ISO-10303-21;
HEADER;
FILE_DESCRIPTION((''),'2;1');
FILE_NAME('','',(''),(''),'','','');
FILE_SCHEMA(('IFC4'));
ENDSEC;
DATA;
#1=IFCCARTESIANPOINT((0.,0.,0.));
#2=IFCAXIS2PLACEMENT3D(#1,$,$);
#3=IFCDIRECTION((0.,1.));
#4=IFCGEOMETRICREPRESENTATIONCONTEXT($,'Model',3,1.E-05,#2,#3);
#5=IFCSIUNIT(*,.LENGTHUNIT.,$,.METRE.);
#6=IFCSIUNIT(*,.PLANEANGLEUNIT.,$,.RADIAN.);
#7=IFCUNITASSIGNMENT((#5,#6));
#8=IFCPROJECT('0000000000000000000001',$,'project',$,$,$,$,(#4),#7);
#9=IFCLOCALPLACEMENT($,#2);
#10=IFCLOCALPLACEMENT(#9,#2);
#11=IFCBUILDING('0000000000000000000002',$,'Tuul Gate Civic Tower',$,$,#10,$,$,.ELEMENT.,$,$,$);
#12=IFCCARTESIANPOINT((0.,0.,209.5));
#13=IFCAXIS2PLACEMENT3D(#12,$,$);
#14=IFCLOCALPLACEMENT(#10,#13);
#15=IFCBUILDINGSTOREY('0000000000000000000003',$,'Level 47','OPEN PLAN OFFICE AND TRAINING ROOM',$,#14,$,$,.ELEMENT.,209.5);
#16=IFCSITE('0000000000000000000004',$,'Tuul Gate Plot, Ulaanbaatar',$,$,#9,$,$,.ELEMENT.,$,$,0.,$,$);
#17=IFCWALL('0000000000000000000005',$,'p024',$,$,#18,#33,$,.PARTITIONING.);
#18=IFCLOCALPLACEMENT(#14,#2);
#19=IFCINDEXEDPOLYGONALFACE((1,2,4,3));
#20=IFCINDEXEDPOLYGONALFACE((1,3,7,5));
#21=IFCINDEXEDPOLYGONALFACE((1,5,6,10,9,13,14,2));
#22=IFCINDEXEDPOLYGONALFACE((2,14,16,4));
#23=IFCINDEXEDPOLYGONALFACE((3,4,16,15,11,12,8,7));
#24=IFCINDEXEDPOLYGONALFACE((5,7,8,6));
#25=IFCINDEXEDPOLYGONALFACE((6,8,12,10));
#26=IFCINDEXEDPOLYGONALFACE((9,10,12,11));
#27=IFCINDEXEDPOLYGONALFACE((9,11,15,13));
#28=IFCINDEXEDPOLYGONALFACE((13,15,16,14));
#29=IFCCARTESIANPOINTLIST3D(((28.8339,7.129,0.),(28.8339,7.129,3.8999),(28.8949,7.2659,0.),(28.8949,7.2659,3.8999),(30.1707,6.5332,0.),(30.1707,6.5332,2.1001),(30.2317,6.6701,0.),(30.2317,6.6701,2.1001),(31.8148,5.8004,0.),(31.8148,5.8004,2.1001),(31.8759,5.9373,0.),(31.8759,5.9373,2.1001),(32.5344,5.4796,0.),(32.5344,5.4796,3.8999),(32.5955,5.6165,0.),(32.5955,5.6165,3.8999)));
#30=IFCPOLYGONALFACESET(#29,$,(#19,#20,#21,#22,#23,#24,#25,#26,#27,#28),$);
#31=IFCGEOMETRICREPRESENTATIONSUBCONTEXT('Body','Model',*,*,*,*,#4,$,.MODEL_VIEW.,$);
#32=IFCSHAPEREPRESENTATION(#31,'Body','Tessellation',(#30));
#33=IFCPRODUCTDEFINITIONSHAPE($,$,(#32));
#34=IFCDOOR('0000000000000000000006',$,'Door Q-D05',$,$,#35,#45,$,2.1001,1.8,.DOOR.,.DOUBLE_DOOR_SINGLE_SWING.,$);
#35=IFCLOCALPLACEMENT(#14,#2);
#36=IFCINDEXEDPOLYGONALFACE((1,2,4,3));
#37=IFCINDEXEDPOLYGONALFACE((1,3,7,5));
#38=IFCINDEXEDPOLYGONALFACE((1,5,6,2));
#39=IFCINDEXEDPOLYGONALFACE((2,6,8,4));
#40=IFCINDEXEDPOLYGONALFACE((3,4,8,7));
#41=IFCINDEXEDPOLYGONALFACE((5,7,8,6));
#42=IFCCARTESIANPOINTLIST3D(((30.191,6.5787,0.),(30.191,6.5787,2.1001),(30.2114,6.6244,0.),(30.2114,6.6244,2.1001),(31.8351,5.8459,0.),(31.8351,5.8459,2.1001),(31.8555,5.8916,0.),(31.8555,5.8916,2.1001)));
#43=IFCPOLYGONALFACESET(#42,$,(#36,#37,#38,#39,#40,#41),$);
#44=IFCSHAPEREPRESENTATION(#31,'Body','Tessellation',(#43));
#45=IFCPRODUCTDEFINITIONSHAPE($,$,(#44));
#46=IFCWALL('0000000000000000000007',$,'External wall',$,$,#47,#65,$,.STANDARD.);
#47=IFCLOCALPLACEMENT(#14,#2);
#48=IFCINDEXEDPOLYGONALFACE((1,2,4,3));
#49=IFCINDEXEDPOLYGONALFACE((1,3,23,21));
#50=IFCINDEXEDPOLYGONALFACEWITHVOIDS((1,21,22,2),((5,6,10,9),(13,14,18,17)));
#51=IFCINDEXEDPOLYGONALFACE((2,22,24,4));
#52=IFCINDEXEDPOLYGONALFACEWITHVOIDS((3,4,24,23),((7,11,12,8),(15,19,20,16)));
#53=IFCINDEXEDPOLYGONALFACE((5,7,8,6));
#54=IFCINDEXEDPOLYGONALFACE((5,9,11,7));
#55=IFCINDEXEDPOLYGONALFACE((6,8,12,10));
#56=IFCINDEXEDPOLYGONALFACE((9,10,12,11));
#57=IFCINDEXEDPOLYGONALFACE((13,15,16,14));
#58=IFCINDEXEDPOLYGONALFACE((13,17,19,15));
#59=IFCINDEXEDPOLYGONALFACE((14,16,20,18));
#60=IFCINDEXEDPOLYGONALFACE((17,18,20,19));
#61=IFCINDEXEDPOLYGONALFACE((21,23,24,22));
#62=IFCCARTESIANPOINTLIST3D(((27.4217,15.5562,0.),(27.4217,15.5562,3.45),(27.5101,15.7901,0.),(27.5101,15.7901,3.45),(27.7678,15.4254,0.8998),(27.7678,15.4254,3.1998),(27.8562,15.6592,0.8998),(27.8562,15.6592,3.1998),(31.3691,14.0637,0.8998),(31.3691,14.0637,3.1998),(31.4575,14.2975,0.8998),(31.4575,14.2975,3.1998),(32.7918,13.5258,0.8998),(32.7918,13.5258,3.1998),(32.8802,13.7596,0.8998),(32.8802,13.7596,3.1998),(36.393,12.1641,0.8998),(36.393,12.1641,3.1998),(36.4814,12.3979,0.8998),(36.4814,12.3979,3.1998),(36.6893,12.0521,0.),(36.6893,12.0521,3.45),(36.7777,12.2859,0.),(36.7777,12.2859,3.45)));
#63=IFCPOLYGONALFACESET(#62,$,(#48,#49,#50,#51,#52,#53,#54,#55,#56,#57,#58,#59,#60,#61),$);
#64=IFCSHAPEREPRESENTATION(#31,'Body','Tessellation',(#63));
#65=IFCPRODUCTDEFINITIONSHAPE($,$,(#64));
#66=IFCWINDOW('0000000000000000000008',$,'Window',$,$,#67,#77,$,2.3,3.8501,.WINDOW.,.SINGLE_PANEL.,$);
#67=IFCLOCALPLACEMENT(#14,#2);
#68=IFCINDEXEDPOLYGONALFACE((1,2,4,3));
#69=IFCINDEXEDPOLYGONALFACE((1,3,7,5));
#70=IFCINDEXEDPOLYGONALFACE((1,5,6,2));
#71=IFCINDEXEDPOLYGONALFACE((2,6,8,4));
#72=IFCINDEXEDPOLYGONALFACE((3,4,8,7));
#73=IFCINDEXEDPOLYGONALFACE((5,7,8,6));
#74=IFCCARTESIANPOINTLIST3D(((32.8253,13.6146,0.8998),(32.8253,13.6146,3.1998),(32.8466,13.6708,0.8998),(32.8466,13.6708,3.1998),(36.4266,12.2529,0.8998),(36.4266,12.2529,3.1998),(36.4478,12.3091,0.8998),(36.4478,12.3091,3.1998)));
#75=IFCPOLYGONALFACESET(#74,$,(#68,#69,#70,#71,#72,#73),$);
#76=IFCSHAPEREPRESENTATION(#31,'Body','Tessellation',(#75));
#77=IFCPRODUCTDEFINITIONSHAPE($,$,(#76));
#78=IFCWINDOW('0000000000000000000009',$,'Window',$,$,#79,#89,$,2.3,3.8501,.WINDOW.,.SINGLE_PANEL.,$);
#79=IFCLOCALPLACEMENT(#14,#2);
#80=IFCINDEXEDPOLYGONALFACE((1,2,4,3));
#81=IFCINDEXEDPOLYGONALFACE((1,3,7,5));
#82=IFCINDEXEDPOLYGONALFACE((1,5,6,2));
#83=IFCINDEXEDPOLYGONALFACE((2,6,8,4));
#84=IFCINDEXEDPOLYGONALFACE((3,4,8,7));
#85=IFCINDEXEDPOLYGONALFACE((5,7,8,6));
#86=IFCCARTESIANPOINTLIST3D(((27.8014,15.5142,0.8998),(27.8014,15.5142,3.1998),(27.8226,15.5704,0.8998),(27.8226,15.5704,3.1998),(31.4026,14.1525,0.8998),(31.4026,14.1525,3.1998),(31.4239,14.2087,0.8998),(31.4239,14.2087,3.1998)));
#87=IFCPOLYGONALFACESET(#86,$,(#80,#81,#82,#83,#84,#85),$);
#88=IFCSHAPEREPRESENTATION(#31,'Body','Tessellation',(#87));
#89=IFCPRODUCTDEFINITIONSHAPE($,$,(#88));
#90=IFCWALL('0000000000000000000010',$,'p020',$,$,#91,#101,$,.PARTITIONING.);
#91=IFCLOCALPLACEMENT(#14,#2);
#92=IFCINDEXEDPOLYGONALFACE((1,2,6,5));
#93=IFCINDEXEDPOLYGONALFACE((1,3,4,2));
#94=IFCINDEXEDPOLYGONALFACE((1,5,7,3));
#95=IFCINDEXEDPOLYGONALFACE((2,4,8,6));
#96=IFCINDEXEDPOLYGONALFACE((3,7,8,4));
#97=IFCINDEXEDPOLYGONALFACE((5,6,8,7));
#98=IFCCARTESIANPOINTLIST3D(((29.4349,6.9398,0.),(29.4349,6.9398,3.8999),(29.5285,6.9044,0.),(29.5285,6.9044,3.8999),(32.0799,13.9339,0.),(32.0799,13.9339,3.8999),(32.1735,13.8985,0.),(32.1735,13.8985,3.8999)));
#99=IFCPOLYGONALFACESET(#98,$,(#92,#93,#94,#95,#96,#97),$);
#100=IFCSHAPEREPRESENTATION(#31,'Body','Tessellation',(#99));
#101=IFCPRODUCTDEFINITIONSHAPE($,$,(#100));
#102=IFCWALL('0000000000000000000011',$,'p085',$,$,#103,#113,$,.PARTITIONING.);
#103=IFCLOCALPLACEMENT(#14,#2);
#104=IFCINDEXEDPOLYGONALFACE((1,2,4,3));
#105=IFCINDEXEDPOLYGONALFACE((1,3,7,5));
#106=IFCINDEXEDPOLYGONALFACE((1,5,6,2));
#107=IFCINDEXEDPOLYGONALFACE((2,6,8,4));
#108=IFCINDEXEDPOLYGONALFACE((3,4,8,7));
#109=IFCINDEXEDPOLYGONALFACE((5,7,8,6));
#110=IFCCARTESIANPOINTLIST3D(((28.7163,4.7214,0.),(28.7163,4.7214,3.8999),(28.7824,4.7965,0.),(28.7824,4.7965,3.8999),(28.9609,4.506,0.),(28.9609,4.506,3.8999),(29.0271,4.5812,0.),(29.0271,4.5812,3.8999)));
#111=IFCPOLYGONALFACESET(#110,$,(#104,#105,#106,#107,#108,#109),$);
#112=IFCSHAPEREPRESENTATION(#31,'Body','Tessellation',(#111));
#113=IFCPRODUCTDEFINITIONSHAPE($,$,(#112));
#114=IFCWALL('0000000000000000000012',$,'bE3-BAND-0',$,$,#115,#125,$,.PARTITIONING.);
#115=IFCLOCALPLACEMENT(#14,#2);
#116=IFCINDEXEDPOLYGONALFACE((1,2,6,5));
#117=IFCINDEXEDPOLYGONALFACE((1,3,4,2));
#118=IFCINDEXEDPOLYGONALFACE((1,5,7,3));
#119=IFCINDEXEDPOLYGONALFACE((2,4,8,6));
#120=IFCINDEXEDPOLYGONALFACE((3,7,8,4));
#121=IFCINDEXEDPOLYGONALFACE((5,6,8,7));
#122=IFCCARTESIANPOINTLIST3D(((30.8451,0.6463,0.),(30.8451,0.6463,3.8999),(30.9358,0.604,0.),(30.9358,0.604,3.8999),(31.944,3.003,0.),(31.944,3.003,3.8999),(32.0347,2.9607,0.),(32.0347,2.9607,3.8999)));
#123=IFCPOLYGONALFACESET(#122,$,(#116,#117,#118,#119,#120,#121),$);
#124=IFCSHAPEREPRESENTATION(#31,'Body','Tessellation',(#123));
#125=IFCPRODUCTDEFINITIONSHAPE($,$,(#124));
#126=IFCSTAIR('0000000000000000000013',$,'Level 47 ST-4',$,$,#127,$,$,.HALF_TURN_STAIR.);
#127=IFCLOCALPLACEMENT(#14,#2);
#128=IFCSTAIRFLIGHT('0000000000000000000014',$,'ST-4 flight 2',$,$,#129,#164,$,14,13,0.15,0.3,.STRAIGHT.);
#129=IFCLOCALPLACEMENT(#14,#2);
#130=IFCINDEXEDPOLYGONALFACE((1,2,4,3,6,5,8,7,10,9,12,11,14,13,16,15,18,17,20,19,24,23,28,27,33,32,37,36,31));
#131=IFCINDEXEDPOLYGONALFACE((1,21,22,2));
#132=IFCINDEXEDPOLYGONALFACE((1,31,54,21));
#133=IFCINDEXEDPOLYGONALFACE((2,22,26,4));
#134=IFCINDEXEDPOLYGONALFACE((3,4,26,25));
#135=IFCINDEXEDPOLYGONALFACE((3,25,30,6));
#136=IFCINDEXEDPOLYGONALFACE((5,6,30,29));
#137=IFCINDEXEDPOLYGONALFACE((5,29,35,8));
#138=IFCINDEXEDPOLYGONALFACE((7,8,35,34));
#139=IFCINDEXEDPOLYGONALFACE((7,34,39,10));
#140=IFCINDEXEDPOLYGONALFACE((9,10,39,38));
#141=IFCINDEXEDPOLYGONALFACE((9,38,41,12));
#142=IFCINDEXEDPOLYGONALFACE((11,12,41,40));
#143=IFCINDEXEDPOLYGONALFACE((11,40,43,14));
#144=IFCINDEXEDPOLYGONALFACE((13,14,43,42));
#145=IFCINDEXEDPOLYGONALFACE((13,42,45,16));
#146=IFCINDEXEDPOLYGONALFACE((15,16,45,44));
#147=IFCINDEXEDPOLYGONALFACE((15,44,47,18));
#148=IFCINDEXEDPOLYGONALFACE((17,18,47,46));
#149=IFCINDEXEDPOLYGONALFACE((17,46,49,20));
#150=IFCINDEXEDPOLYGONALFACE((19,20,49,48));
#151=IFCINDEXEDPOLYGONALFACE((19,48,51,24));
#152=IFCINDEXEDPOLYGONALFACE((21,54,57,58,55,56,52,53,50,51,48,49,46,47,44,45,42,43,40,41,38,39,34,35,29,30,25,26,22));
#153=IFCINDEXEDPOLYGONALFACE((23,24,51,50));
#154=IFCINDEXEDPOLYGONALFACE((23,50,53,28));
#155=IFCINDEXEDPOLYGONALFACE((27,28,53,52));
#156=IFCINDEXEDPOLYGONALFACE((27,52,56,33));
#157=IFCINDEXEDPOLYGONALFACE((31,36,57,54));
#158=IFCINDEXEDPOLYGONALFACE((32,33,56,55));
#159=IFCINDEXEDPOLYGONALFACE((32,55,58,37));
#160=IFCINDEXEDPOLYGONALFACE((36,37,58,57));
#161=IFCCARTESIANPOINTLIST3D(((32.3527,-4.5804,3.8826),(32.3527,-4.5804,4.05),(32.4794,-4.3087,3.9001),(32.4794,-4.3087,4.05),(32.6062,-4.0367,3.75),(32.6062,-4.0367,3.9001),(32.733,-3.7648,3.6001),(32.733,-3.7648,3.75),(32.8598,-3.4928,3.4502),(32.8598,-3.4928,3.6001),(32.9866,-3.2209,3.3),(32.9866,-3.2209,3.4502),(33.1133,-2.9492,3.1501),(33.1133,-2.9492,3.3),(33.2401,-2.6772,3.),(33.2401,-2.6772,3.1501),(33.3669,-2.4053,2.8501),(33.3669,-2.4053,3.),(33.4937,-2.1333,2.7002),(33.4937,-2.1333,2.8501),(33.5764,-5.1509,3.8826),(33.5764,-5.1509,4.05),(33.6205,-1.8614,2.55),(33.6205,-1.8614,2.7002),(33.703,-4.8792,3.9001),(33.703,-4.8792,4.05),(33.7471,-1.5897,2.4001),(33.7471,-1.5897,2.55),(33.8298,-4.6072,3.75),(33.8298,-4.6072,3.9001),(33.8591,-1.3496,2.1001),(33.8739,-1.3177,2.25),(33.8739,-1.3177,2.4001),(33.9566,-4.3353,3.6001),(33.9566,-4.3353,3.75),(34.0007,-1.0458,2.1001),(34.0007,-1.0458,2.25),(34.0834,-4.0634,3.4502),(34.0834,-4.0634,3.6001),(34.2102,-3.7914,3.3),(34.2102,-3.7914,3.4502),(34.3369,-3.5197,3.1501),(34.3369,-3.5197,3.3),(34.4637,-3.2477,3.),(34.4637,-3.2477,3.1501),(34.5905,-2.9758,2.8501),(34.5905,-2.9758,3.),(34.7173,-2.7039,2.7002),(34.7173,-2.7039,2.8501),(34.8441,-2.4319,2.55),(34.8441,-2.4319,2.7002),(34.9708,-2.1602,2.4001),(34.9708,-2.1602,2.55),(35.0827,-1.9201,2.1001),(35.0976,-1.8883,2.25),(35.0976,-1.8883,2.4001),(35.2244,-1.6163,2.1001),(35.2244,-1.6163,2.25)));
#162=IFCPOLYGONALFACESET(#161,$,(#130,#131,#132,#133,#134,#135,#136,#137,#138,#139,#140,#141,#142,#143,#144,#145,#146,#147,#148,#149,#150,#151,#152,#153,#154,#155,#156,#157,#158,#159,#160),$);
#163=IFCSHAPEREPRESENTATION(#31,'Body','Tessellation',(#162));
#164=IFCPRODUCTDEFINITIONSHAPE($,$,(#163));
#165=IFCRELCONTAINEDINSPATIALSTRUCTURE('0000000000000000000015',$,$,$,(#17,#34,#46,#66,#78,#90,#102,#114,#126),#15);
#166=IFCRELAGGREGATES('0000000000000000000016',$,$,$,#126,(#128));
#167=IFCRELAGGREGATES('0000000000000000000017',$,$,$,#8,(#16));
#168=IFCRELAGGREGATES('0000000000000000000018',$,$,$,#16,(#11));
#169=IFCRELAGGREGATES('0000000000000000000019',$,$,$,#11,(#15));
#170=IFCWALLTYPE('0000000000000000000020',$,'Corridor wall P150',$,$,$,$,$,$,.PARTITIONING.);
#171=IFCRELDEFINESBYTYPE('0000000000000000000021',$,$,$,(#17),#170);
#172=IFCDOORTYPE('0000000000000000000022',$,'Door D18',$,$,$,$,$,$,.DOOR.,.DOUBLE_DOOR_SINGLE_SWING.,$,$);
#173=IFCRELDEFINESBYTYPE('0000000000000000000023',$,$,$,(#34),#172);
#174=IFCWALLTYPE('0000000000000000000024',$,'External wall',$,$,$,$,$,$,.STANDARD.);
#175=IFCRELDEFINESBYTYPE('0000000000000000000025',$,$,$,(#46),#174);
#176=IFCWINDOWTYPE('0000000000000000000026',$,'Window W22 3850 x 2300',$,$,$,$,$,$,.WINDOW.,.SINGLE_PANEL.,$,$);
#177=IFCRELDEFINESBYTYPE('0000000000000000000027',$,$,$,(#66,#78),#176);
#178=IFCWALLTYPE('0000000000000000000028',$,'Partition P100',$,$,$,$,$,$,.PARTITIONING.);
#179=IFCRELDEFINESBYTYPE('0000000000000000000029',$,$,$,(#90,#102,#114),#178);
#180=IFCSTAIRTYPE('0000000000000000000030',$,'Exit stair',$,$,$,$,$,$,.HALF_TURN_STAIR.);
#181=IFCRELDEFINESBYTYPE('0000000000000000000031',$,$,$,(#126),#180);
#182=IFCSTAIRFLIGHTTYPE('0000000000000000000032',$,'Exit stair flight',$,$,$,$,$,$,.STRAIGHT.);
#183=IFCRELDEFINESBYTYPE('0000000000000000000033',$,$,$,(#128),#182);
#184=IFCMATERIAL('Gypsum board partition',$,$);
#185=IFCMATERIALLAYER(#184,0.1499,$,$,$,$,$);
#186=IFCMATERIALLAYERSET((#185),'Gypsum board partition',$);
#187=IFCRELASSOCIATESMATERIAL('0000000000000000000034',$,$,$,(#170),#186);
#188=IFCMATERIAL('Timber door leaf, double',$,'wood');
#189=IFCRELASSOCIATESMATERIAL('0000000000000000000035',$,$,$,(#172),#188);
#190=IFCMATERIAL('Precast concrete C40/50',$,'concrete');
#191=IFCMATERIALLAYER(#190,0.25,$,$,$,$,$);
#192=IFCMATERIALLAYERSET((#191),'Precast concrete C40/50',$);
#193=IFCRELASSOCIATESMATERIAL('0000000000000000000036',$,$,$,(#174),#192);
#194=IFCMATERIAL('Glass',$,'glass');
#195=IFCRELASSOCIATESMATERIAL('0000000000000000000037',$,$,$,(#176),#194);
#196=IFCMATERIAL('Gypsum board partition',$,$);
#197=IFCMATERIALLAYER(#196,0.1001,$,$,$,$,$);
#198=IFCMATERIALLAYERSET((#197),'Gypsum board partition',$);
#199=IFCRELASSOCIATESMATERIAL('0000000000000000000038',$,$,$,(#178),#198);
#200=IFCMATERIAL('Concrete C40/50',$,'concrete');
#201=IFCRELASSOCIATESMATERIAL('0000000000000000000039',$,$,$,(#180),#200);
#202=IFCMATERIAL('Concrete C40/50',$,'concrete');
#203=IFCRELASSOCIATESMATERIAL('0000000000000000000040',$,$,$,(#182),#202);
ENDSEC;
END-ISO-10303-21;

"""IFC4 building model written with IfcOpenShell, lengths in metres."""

from ifc_helpers import new_model, si_unit, direction, frame, frame_2d, origin, place, context, subcontext, project, spatial, polyline, rectangle, outline, extrude, material, layer, layer_set, type_object, element, fill, aggregate, save


model = new_model("IFC4")

# Units and contexts
model_context = context("Model", 3, precision=1e-05, world=origin(), true_north=direction((0.0, 1.0)))
body_context = subcontext(model_context, "Body", "Model", "MODEL_VIEW")
ifc_project = project(units=[si_unit("LENGTHUNIT", "METRE"), si_unit("PLANEANGLEUNIT", "RADIAN")], contexts=[model_context])

# Site, building, storey
site_placement = place(None, origin())
site = spatial("IfcSite", under=ifc_project, at=site_placement, Name="Tuul Gate Plot, Ulaanbaatar", CompositionType="ELEMENT", RefElevation=0.0)
building_placement = place(site_placement, origin())
building = spatial("IfcBuilding", under=site, at=building_placement, Name="Tuul Gate Civic Tower", CompositionType="ELEMENT")
storey_placement = place(building_placement, frame((0.0, 0.0, 209.5)))
storey = spatial("IfcBuildingStorey", under=building, at=storey_placement, Name="Level 47", Description="OPEN PLAN OFFICE AND TRAINING ROOM", CompositionType="ELEMENT", Elevation=209.5)

# Shared definitions
ifc_material_1 = material(Name="Gypsum board partition")
ifc_layer_1 = layer(ifc_material_1, 0.1499)
ifc_layer_set_1 = layer_set([ifc_layer_1], Name="Gypsum board partition")
wall_type_1 = type_object("IfcWallType", Name="Corridor wall P150", PredefinedType="PARTITIONING", material=ifc_layer_set_1)

# Wall, opening, door
wall_1_placement = place(storey_placement, frame((28.8643, 7.1975, 0.0), z_axis=(0.0, 0.0, 1.0), x_axis=(0.913384, -0.4071, 0.0)))
wall_1 = element("IfcWall", 1, at=wall_1_placement, inside=storey, type_object=wall_type_1, Name="p024", PredefinedType="PARTITIONING", context=body_context, shape_type="SweptSolid", body=[
    extrude(rectangle(XDim=4.0515, YDim=0.1499, at=frame_2d((2.0259, 0.0))), origin(), (0.0, 0.0, 1.0), 3.8999),
])
opening_1_placement = place(wall_1_placement, frame((1.4639, 0.0, 0.0)))
opening_1 = element("IfcOpeningElement", 2, at=opening_1_placement, cuts=wall_1, PredefinedType="OPENING", context=body_context, shape_type="SweptSolid", body=[
    extrude(rectangle(XDim=1.8, YDim=2.1001, at=frame_2d((0.8999, 1.05))), frame((0.0, 0.085, 0.0), z_axis=(0.0, -1.0, 0.0), x_axis=(1.0, 0.0, 0.0)), (0.0, 0.0, 1.0), 0.1699),
])
ifc_material_2 = material(Name="Timber door leaf, double", Category="wood")
door_type = type_object("IfcDoorType", Name="Door D18", OperationType="DOUBLE_DOOR_SINGLE_SWING", PredefinedType="DOOR", material=ifc_material_2)
door_placement = place(opening_1_placement, origin())
door = element("IfcDoor", 3, at=door_placement, inside=storey, type_object=door_type, Name="Door Q-D05", OperationType="DOUBLE_DOOR_SINGLE_SWING", OverallHeight=2.1001, OverallWidth=1.8, PredefinedType="DOOR", context=body_context, shape_type="SweptSolid", body=[
    extrude(rectangle(XDim=1.8, YDim=2.1001, at=frame_2d((0.8999, 1.05))), frame((0.0, 0.0249, 0.0), z_axis=(0.0, -1.0, 0.0), x_axis=(1.0, 0.0, 0.0)), (0.0, 0.0, 1.0), 0.05),
])
fill(opening_1, door)

# Wall, openings, windows
ifc_material_3 = material(Name="Precast concrete C40/50", Category="concrete")
ifc_layer_2 = layer(ifc_material_3, 0.25)
ifc_layer_set_2 = layer_set([ifc_layer_2], Name="Precast concrete C40/50")
wall_type_2 = type_object("IfcWallType", Name="External wall", PredefinedType="STANDARD", material=ifc_layer_set_2)
wall_2_placement = place(storey_placement, frame((36.7336, 12.1689, 0.0), z_axis=(0.0, 0.0, 1.0), x_axis=(-0.93537, 0.353671, 0.0)))
wall_2 = element("IfcWall", 4, at=wall_2_placement, inside=storey, type_object=wall_type_2, Name="External wall", PredefinedType="STANDARD", context=body_context, shape_type="SweptSolid", body=[
    extrude(rectangle(XDim=9.908, YDim=0.25, at=frame_2d((4.9541, 0.0))), origin(), (0.0, 0.0, 1.0), 3.45),
])
opening_2_placement = place(wall_2_placement, frame((0.3169, 0.0, 0.8999)))
opening_2 = element("IfcOpeningElement", 5, at=opening_2_placement, cuts=wall_2, PredefinedType="OPENING", context=body_context, shape_type="SweptSolid", body=[
    extrude(rectangle(XDim=3.8501, YDim=2.3, at=frame_2d((1.925, 1.1499))), frame((0.0, 0.135, 0.0), z_axis=(0.0, -1.0, 0.0), x_axis=(1.0, 0.0, 0.0)), (0.0, 0.0, 1.0), 0.27),
])
opening_3_placement = place(wall_2_placement, frame((5.688, 0.0, 0.8999)))
opening_3 = element("IfcOpeningElement", 6, at=opening_3_placement, cuts=wall_2, PredefinedType="OPENING", context=body_context, shape_type="SweptSolid", body=[
    extrude(rectangle(XDim=3.8501, YDim=2.3, at=frame_2d((1.925, 1.1499))), frame((0.0, 0.135, 0.0), z_axis=(0.0, -1.0, 0.0), x_axis=(1.0, 0.0, 0.0)), (0.0, 0.0, 1.0), 0.27),
])
ifc_material_4 = material(Name="Glass", Category="glass")
window_type = type_object("IfcWindowType", Name="Window W22 3850 x 2300", PartitioningType="SINGLE_PANEL", PredefinedType="WINDOW", material=ifc_material_4)
window_1_placement = place(opening_2_placement, origin())
window_1 = element("IfcWindow", 7, at=window_1_placement, inside=storey, type_object=window_type, Name="Window", OverallHeight=2.3, OverallWidth=3.8501, PartitioningType="SINGLE_PANEL", PredefinedType="WINDOW", context=body_context, shape_type="SweptSolid", body=[
    extrude(rectangle(XDim=3.8501, YDim=2.3, at=frame_2d((1.925, 1.1499))), frame((0.0, 0.03, 0.0), z_axis=(0.0, -1.0, 0.0), x_axis=(1.0, 0.0, 0.0)), (0.0, 0.0, 1.0), 0.0601),
])
fill(opening_2, window_1)
window_2_placement = place(opening_3_placement, origin())
window_2 = element("IfcWindow", 8, at=window_2_placement, inside=storey, type_object=window_type, Name="Window", OverallHeight=2.3, OverallWidth=3.8501, PartitioningType="SINGLE_PANEL", PredefinedType="WINDOW", context=body_context, shape_type="SweptSolid", body=[
    extrude(rectangle(XDim=3.8501, YDim=2.3, at=frame_2d((1.925, 1.1499))), frame((0.0, 0.03, 0.0), z_axis=(0.0, -1.0, 0.0), x_axis=(1.0, 0.0, 0.0)), (0.0, 0.0, 1.0), 0.0601),
])
fill(opening_3, window_2)

# Walls
ifc_material_5 = material(Name="Gypsum board partition")
ifc_layer_3 = layer(ifc_material_5, 0.1001)
ifc_layer_set_3 = layer_set([ifc_layer_3], Name="Gypsum board partition")
wall_type_3 = type_object("IfcWallType", Name="Partition P100", PredefinedType="PARTITIONING", material=ifc_layer_set_3)
wall_3_placement = place(storey_placement, frame((29.4817, 6.9221, 0.0), z_axis=(0.0, 0.0, 1.0), x_axis=(0.353727, 0.935349, 0.0)))
element("IfcWall", 9, at=wall_3_placement, inside=storey, type_object=wall_type_3, Name="p020", PredefinedType="PARTITIONING", context=body_context, shape_type="SweptSolid", body=[
    extrude(rectangle(XDim=7.4775, YDim=0.1001, at=frame_2d((3.7388, 0.0))), origin(), (0.0, 0.0, 1.0), 3.8999),
])
wall_4_placement = place(storey_placement, frame((28.7493, 4.759, 0.0), z_axis=(0.0, 0.0, 1.0), x_axis=(0.750624, -0.660729, 0.0)))
element("IfcWall", 10, at=wall_4_placement, inside=storey, type_object=wall_type_3, Name="p085", PredefinedType="PARTITIONING", context=body_context, shape_type="SweptSolid", body=[
    extrude(rectangle(XDim=0.3259, YDim=0.1001, at=frame_2d((0.1631, 0.0))), origin(), (0.0, 0.0, 1.0), 3.8999),
])
wall_5_placement = place(storey_placement, frame((30.8904, 0.625, 0.0), z_axis=(0.0, 0.0, 1.0), x_axis=(0.422598, 0.906317, 0.0)))
element("IfcWall", 11, at=wall_5_placement, inside=storey, type_object=wall_type_3, Name="bE3-BAND-0", PredefinedType="PARTITIONING", context=body_context, shape_type="SweptSolid", body=[
    extrude(rectangle(XDim=2.6003, YDim=0.1001, at=frame_2d((1.3003, 0.0))), origin(), (0.0, 0.0, 1.0), 3.8999),
])

# Stair, stair flight
ifc_material_6 = material(Name="Concrete C40/50", Category="concrete")
stair_type = type_object("IfcStairType", Name="Exit stair", PredefinedType="HALF_TURN_STAIR", material=ifc_material_6)
stair_placement = place(storey_placement, origin())
stair = element("IfcStair", 12, at=stair_placement, inside=storey, type_object=stair_type, Name="Level 47 ST-4", PredefinedType="HALF_TURN_STAIR")
ifc_material_7 = material(Name="Concrete C40/50", Category="concrete")
stair_flight_type = type_object("IfcStairFlightType", Name="Exit stair flight", PredefinedType="STRAIGHT", material=ifc_material_7)
stair_flight_placement = place(storey_placement, frame((34.6125, -1.3311, 2.1001), z_axis=(0.0, 0.0, 1.0), x_axis=(-0.422576, -0.906327, 0.0)))
stair_flight = element("IfcStairFlight", 13, at=stair_flight_placement, type_object=stair_flight_type, Name="ST-4 flight 2", NumberOfRisers=14, NumberOfTreads=13, PredefinedType="STRAIGHT", RiserHeight=0.15, TreadLength=0.3, context=body_context, shape_type="SweptSolid", body=[
    extrude(outline(polyline([(0.0, 0.0), (0.0, 0.1499), (0.3, 0.1499), (0.3, 0.3), (0.6001, 0.3), (0.6001, 0.45), (0.8999, 0.45), (0.8999, 0.6001), (1.2, 0.6001), (1.2, 0.75), (1.5, 0.75), (1.5, 0.8999), (1.8, 0.8999), (1.8, 1.05), (2.1001, 1.05), (2.1001, 1.2), (2.3999, 1.2), (2.3999, 1.3501), (2.7, 1.3501), (2.7, 1.5), (3.0, 1.5), (3.0, 1.6499), (3.3, 1.6499), (3.3, 1.8), (3.6001, 1.8), (3.6001, 1.95), (3.8999, 1.95), (3.8999, 2.1001), (3.8999, 1.7825), (0.3352, 0.0), (0.0, 0.0)])), frame((0.0, 0.675, 0.0), z_axis=(0.0, -1.0, 0.0), x_axis=(1.0, 0.0, 0.0)), (0.0, 0.0, 1.0), 1.3501),
])
aggregate(stair, [stair_flight])

save(model, "model.ifc")
